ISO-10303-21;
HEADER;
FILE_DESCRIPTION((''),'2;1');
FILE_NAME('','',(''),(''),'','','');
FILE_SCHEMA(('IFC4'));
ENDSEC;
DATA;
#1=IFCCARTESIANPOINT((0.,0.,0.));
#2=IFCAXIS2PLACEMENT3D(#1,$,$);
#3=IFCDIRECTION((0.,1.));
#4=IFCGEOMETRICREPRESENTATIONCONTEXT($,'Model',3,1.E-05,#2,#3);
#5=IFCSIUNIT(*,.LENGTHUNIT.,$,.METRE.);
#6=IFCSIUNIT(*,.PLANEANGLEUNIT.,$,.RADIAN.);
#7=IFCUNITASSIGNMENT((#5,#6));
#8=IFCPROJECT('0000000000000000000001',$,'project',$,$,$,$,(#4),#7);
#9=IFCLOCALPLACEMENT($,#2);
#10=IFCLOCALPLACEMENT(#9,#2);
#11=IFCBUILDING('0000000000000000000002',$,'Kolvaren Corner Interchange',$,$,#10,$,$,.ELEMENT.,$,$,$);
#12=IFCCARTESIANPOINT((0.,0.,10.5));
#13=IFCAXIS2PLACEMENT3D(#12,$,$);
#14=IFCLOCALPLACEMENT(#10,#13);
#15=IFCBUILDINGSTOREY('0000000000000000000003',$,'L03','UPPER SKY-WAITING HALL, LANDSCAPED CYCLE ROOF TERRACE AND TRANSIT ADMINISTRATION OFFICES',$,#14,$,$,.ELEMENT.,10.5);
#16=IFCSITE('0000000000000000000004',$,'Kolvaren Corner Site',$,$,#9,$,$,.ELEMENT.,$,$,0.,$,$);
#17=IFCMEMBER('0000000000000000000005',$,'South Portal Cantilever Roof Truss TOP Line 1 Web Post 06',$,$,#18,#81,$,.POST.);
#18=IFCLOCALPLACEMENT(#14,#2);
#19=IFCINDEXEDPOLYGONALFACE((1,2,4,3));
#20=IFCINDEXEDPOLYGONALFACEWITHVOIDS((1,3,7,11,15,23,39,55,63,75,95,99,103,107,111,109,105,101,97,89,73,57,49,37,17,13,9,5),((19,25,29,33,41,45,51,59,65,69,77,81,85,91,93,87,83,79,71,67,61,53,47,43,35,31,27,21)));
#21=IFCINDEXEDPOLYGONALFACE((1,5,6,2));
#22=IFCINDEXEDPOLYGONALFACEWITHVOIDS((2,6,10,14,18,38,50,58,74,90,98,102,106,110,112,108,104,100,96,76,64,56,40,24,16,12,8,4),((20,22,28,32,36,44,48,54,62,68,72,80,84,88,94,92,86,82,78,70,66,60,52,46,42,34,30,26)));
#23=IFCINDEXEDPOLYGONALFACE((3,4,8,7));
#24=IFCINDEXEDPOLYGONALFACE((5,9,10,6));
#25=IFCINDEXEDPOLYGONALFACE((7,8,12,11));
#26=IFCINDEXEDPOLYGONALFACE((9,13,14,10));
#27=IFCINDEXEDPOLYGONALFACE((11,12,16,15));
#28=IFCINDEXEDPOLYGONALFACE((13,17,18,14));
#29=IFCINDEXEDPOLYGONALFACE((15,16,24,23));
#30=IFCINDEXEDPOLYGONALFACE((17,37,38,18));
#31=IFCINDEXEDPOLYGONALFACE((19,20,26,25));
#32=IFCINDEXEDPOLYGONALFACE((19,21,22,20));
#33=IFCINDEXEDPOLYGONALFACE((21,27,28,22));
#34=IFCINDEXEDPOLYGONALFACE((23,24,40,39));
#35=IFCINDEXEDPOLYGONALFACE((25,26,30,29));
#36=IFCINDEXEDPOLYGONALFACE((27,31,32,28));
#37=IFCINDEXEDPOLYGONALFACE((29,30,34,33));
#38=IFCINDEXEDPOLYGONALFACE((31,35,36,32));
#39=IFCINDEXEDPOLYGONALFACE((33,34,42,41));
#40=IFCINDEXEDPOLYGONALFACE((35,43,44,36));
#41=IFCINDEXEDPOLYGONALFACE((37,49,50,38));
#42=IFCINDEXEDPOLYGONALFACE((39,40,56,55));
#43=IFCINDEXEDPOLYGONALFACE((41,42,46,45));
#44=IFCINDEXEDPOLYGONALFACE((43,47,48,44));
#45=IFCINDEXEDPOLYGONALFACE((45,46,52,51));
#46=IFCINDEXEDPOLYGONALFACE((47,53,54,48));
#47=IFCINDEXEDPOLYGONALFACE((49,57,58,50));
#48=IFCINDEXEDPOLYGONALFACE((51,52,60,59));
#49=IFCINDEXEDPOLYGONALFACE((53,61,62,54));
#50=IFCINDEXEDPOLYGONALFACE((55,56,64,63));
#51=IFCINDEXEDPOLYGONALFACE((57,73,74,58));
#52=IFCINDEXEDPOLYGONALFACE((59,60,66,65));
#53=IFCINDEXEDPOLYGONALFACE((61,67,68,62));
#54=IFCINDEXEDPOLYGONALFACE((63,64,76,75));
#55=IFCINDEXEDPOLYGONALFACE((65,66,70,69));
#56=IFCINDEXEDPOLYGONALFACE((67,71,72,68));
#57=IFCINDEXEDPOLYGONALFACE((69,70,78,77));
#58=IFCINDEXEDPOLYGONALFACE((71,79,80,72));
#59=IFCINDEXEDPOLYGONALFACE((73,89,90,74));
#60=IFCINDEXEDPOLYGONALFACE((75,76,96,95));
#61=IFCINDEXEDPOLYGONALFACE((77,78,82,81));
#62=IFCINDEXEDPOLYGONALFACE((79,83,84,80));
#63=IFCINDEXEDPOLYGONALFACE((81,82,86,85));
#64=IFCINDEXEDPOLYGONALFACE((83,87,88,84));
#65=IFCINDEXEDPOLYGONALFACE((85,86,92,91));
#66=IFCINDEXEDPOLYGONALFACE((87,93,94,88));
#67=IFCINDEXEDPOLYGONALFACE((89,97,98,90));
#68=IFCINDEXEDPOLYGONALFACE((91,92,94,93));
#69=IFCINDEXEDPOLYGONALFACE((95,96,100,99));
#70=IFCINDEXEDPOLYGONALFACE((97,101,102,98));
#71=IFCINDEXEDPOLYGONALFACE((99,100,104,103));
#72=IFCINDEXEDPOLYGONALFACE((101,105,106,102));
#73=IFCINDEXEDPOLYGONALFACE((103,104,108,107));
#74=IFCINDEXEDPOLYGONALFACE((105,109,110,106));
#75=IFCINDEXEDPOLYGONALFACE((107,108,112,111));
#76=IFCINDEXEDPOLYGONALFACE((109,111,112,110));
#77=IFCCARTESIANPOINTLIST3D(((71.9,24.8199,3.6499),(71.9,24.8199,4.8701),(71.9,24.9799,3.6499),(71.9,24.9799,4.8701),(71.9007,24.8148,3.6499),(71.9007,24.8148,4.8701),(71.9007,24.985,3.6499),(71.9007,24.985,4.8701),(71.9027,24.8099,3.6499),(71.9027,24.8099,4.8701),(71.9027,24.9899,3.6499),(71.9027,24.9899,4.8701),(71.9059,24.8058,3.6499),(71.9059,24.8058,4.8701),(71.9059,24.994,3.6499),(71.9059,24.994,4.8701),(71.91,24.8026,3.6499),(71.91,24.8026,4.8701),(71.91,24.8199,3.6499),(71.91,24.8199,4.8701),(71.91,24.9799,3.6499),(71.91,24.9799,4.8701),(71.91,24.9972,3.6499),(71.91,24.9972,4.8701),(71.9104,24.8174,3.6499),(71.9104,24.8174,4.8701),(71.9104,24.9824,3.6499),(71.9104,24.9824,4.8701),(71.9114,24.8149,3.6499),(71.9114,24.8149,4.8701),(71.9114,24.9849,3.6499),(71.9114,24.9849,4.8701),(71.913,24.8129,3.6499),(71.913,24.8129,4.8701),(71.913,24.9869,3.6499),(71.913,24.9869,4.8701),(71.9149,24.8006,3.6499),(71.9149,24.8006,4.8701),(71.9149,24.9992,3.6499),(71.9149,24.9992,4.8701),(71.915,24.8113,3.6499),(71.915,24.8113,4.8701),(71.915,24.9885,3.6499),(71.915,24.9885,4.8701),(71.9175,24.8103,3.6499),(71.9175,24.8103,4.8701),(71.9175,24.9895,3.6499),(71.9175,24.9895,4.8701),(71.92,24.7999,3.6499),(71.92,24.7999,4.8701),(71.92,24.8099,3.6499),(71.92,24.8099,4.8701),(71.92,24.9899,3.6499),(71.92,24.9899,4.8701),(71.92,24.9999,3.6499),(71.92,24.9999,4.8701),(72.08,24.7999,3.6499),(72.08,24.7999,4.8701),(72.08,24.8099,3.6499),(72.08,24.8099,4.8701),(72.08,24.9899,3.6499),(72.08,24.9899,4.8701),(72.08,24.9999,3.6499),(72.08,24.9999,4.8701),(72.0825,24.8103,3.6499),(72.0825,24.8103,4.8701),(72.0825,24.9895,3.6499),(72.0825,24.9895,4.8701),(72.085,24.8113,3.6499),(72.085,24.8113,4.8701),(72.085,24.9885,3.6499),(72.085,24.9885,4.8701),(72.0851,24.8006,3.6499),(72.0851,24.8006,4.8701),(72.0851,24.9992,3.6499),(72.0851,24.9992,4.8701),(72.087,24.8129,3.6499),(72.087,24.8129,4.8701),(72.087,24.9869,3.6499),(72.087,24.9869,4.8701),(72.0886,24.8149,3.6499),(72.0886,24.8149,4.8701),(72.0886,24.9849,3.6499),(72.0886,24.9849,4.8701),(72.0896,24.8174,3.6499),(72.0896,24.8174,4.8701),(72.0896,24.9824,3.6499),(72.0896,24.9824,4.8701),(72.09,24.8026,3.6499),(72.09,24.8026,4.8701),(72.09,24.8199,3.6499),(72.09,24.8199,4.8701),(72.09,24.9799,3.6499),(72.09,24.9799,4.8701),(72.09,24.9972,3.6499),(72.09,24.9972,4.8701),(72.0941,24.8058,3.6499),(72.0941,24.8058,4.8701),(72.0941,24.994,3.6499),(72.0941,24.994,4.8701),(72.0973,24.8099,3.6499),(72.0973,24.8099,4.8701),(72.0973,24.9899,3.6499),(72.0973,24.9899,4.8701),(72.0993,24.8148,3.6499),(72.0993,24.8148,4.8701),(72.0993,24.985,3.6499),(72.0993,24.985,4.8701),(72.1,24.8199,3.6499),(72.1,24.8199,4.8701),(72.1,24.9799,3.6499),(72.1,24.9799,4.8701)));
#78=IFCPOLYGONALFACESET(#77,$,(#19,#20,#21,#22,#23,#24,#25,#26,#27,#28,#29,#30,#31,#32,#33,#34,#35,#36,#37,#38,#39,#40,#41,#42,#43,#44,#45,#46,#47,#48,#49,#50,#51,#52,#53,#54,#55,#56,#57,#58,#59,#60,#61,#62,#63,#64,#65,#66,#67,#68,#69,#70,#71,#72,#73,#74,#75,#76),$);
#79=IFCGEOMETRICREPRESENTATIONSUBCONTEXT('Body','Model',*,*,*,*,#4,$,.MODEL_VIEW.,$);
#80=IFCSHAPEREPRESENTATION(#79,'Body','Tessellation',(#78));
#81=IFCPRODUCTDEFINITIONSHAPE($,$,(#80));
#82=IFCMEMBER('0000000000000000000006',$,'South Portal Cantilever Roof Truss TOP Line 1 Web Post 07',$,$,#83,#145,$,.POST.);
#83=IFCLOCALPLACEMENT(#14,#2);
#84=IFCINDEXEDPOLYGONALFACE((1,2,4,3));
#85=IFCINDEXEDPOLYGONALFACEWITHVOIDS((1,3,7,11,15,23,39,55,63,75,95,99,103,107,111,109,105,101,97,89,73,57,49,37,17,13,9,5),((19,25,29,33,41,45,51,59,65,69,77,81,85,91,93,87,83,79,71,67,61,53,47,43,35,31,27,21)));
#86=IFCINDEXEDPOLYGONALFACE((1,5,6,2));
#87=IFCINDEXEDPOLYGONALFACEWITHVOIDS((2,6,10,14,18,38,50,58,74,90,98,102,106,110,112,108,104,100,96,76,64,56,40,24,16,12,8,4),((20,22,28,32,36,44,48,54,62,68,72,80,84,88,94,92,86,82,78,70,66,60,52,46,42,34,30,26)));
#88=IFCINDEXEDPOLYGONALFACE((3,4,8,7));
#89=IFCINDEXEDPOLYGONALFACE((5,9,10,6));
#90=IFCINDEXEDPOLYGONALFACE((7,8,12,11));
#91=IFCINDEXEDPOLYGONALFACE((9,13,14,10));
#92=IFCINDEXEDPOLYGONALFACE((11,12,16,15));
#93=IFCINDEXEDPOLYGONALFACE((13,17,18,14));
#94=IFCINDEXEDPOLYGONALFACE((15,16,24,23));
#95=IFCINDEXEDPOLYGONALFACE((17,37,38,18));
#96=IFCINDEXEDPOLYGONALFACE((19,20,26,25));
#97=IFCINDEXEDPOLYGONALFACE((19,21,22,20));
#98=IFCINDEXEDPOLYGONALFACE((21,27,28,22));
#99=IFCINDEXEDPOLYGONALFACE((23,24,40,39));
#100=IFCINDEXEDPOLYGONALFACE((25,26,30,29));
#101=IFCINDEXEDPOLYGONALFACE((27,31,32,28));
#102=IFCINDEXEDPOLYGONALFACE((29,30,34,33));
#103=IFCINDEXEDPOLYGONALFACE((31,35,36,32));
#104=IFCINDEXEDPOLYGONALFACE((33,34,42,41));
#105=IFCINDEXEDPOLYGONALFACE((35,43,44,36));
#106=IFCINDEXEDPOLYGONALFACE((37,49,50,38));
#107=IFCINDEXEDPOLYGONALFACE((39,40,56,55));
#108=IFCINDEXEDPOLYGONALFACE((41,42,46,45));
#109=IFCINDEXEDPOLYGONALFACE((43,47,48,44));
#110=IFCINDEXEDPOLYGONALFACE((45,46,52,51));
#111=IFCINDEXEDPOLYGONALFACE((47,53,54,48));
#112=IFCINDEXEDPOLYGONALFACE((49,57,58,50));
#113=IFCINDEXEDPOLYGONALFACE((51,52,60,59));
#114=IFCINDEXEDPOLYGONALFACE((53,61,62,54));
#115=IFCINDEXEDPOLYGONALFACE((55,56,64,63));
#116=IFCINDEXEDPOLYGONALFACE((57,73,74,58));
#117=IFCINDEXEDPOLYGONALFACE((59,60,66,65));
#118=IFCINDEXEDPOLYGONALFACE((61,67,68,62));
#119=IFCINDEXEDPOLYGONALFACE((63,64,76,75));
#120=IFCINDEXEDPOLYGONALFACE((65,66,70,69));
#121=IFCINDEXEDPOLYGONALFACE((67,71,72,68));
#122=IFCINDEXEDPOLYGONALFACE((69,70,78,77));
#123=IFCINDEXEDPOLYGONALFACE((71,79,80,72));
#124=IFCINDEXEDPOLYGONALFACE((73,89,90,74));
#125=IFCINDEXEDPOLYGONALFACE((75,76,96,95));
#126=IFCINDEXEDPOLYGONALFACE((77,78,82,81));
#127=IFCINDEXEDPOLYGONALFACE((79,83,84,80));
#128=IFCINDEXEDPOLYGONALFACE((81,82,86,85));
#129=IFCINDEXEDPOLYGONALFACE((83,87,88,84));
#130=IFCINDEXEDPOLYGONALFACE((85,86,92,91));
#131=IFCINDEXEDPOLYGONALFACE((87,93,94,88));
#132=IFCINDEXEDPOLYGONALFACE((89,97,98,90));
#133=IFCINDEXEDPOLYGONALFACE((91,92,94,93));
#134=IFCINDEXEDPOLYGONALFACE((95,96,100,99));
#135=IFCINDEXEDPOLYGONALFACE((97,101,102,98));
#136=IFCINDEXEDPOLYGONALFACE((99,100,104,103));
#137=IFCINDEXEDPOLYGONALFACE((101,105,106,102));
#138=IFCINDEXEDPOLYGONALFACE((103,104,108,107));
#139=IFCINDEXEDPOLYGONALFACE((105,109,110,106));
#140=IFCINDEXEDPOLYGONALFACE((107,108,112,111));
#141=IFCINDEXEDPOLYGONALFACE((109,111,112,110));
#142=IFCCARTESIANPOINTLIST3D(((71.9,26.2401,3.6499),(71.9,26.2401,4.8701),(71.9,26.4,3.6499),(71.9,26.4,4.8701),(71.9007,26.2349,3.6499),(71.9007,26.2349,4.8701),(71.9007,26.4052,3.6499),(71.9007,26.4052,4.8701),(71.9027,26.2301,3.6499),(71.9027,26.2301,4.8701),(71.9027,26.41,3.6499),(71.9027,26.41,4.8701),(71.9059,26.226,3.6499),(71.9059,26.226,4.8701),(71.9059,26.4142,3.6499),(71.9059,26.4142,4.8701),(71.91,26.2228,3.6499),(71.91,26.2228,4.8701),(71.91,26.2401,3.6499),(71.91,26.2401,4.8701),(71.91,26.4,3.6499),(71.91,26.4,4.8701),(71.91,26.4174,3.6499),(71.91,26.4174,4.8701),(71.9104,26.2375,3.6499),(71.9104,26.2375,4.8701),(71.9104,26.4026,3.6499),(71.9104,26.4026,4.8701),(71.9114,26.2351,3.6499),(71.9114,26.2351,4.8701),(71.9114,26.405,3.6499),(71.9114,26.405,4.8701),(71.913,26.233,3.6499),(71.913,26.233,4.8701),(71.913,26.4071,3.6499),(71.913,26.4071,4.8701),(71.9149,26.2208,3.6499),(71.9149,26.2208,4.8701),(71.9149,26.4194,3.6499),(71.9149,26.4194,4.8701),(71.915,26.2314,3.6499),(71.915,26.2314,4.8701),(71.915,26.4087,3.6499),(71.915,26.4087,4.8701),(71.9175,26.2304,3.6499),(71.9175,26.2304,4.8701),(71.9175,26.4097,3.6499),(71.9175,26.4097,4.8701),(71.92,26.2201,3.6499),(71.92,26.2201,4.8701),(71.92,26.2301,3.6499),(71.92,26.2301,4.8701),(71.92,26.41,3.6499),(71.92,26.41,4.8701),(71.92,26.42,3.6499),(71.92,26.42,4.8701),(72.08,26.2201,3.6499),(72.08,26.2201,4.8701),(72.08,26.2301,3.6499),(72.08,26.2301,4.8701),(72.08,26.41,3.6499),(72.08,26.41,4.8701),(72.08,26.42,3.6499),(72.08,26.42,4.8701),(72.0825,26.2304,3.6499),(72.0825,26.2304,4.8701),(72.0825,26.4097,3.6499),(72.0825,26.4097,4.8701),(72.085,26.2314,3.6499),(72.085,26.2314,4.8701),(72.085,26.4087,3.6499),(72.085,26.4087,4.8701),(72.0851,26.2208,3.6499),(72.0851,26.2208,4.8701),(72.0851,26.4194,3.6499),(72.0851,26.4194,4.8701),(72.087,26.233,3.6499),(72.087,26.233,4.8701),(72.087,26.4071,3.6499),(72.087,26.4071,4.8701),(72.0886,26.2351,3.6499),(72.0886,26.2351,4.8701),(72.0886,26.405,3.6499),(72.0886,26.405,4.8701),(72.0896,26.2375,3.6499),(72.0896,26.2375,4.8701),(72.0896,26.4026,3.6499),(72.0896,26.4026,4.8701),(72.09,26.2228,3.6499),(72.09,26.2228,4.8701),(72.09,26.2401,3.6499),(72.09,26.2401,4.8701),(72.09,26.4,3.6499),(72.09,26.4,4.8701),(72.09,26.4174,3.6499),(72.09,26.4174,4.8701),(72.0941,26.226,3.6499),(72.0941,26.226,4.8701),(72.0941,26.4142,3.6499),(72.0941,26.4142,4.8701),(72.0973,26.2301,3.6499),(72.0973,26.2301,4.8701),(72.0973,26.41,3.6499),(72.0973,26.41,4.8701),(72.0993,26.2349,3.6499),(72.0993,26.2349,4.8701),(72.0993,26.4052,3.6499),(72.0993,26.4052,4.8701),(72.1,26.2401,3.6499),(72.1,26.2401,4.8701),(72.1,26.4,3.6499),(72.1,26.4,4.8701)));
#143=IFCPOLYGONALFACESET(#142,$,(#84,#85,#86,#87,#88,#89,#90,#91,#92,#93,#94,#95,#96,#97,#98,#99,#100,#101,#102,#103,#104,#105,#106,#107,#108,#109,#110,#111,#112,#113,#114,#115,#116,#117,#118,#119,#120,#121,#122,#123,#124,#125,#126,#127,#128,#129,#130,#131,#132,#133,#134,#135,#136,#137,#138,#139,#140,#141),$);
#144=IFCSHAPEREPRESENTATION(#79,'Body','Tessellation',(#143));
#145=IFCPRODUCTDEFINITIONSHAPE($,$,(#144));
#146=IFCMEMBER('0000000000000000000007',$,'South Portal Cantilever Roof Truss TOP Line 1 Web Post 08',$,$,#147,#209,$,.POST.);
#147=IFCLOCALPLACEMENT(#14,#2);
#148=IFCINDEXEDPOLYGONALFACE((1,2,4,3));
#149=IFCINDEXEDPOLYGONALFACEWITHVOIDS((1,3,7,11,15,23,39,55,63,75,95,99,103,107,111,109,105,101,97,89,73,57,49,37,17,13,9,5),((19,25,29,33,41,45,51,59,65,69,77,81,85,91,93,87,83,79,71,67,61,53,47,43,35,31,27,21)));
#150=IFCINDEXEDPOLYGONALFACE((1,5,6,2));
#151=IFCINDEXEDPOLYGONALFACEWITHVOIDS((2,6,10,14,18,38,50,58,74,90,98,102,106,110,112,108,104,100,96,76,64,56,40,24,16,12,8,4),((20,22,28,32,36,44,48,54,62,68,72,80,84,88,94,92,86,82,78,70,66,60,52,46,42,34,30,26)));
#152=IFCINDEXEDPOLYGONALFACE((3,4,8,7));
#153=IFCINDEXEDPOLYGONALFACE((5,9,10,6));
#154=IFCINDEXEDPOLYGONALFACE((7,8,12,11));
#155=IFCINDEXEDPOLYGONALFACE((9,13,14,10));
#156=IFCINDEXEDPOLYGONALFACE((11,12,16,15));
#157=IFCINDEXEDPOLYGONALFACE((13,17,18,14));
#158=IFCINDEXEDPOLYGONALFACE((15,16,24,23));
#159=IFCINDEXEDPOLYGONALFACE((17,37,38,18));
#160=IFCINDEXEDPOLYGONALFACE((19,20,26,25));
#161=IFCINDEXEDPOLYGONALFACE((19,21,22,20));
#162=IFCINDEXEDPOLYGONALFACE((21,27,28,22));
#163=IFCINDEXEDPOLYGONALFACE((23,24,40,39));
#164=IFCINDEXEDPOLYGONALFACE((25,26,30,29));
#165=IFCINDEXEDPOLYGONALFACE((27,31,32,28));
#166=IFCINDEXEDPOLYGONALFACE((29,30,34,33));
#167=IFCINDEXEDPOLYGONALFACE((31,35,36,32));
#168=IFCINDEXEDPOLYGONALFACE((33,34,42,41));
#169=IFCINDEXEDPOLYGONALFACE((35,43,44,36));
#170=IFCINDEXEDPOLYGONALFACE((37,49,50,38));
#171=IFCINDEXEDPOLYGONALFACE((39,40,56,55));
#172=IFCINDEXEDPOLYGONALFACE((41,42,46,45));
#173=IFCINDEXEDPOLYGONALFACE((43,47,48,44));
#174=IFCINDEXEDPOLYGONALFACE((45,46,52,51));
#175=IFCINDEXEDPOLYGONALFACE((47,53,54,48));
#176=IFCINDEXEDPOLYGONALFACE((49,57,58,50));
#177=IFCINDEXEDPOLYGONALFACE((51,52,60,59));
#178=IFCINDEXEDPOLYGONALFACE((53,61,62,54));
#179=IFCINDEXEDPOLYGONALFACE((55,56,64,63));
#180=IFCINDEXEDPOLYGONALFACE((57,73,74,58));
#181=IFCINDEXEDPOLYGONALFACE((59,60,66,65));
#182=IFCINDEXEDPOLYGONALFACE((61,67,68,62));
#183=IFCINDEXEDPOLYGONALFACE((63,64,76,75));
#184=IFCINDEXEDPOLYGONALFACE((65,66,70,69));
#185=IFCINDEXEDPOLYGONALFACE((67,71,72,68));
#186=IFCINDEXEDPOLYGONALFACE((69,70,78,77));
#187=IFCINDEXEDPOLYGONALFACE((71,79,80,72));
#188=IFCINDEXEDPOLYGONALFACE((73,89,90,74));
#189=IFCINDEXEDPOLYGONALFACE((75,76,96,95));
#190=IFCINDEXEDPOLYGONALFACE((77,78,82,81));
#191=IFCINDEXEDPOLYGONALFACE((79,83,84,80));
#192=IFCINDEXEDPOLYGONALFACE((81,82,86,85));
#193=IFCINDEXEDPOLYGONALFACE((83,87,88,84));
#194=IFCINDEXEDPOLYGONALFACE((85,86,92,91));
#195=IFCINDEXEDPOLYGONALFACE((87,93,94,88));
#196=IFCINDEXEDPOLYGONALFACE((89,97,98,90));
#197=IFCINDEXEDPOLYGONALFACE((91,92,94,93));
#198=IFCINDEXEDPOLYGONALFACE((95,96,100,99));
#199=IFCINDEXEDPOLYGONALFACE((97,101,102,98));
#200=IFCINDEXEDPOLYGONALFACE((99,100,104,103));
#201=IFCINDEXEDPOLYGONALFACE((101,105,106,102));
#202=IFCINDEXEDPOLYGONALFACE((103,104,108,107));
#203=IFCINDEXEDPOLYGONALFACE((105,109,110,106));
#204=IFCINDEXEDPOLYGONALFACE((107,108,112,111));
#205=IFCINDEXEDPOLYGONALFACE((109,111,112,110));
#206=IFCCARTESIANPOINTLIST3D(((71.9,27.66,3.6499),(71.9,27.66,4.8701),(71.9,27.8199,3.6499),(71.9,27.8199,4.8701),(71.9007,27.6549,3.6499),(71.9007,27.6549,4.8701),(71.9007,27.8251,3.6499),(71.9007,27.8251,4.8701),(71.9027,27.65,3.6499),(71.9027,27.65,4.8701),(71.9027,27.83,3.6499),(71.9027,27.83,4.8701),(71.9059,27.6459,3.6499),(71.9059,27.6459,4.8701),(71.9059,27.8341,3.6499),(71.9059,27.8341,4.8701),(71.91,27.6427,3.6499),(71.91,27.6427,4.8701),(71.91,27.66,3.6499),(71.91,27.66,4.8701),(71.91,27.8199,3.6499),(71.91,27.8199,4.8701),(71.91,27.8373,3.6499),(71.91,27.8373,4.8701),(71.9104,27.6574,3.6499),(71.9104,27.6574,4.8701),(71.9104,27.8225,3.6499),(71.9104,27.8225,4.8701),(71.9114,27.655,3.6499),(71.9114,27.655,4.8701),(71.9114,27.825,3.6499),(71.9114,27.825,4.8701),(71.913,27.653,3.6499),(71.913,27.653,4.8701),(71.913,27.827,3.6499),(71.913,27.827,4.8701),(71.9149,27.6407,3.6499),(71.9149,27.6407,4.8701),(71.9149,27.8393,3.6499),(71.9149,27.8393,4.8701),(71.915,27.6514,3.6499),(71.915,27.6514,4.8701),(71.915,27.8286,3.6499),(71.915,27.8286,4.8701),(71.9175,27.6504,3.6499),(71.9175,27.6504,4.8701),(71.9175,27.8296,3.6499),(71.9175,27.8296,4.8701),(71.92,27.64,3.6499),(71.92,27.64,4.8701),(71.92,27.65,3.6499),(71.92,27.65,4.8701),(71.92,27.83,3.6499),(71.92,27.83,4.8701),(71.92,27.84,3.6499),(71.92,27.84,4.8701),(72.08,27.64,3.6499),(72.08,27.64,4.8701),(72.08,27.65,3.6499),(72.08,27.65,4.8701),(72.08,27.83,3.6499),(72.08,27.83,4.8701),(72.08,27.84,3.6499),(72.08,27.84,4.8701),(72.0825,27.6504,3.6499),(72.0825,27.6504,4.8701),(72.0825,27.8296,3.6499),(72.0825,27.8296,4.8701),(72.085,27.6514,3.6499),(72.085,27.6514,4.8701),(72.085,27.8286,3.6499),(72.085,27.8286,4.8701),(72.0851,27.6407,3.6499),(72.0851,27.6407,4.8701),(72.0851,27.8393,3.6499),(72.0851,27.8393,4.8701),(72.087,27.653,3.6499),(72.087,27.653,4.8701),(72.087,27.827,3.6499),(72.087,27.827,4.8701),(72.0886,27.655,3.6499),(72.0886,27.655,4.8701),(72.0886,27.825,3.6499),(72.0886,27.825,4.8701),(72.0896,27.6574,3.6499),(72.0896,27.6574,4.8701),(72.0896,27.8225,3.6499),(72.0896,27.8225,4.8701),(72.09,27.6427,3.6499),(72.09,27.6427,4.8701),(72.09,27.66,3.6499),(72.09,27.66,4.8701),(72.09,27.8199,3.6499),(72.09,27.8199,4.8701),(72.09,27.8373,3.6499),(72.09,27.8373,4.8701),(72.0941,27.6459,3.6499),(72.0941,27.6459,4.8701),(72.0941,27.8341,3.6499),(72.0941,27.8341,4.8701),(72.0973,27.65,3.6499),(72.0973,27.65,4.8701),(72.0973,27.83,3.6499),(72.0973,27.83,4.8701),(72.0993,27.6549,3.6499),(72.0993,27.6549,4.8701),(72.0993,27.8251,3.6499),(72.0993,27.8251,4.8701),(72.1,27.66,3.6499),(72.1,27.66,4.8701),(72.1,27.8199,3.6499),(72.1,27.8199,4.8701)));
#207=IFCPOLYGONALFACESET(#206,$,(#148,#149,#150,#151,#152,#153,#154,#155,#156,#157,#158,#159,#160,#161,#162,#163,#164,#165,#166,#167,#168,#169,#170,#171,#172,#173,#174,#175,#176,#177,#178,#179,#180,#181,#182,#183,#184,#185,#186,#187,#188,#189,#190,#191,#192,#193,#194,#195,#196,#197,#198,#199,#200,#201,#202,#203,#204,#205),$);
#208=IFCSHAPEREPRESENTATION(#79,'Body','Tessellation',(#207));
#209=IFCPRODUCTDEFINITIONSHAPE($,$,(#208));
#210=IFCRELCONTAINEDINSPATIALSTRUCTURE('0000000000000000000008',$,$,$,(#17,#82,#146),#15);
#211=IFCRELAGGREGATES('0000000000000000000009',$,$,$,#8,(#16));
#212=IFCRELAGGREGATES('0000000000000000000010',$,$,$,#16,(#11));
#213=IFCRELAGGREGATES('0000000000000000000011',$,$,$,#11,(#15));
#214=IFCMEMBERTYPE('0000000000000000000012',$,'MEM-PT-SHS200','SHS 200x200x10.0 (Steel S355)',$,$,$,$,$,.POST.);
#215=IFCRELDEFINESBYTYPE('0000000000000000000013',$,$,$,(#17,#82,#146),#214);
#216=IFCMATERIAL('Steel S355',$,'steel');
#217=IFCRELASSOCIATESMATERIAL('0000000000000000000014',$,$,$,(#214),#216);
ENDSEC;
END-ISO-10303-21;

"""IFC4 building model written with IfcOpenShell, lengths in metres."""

from ifc_helpers import new_model, si_unit, direction, frame, origin, origin_2d, place, context, subcontext, project, spatial, hollow_rectangle, extrude, material, material_profile, profile_set, type_object, element, save


model = new_model("IFC4")

# Units and contexts
model_context = context("Model", 3, precision=1e-05, world=origin(), true_north=direction((0.0, 1.0)))
body_context = subcontext(model_context, "Body", "Model", "MODEL_VIEW")
ifc_project = project(units=[si_unit("LENGTHUNIT", "METRE"), si_unit("PLANEANGLEUNIT", "RADIAN")], contexts=[model_context])

# Site, building, storey
site_placement = place(None, origin())
site = spatial("IfcSite", under=ifc_project, at=site_placement, Name="Kolvaren Corner Site", CompositionType="ELEMENT", RefElevation=0.0)
building_placement = place(site_placement, origin())
building = spatial("IfcBuilding", under=site, at=building_placement, Name="Kolvaren Corner Interchange", CompositionType="ELEMENT")
storey_placement = place(building_placement, frame((0.0, 0.0, 10.5)))
storey = spatial("IfcBuildingStorey", under=building, at=storey_placement, Name="L03", Description="UPPER SKY-WAITING HALL, LANDSCAPED CYCLE ROOF TERRACE AND TRANSIT ADMINISTRATION OFFICES", CompositionType="ELEMENT", Elevation=10.5)

# Members
ifc_material_1 = material(Name="Steel S355", Category="steel")
ifc_material_profile_1 = material_profile(ifc_material_1, hollow_rectangle(XDim=0.2, YDim=0.2, WallThickness=0.01, InnerFilletRadius=0.01, OuterFilletRadius=0.02, at=origin_2d()), Name="SHS 200x200x10.0")
ifc_profile_set_1 = profile_set([ifc_material_profile_1], Name="Steel S355")
member_type_1 = type_object("IfcMemberType", Name="MEM-PT-SHS200", Description="SHS 200x200x10.0 (Steel S355)", PredefinedType="POST", material=ifc_profile_set_1)
for number, where, z_axis, x_axis, name in (
    (1, (72.0, 24.8999, 3.6499), (0.0, 0.0, 1.0), (1.0, 0.0, 0.0), "South Portal Cantilever Roof Truss TOP Line 1 Web Post 06"),
    (2, (72.0, 26.3201, 3.6499), (0.0, 0.0, 1.0), (1.0, 0.0, 0.0), "South Portal Cantilever Roof Truss TOP Line 1 Web Post 07"),
    (3, (72.0, 27.74, 3.6499), (0.0, 0.0, 1.0), (1.0, 0.0, 0.0), "South Portal Cantilever Roof Truss TOP Line 1 Web Post 08"),
):
    element("IfcMember", number, at=place(storey_placement, frame(where, z_axis=z_axis, x_axis=x_axis)), inside=storey, type_object=member_type_1, Name=name, PredefinedType="POST", context=body_context, shape_type="SweptSolid", body=[
        extrude(hollow_rectangle(XDim=0.2, YDim=0.2, WallThickness=0.01, InnerFilletRadius=0.01, OuterFilletRadius=0.02, at=origin_2d()), origin(), (0.0, 0.0, 1.0), 1.2202),
    ])

save(model, "model.ifc")
